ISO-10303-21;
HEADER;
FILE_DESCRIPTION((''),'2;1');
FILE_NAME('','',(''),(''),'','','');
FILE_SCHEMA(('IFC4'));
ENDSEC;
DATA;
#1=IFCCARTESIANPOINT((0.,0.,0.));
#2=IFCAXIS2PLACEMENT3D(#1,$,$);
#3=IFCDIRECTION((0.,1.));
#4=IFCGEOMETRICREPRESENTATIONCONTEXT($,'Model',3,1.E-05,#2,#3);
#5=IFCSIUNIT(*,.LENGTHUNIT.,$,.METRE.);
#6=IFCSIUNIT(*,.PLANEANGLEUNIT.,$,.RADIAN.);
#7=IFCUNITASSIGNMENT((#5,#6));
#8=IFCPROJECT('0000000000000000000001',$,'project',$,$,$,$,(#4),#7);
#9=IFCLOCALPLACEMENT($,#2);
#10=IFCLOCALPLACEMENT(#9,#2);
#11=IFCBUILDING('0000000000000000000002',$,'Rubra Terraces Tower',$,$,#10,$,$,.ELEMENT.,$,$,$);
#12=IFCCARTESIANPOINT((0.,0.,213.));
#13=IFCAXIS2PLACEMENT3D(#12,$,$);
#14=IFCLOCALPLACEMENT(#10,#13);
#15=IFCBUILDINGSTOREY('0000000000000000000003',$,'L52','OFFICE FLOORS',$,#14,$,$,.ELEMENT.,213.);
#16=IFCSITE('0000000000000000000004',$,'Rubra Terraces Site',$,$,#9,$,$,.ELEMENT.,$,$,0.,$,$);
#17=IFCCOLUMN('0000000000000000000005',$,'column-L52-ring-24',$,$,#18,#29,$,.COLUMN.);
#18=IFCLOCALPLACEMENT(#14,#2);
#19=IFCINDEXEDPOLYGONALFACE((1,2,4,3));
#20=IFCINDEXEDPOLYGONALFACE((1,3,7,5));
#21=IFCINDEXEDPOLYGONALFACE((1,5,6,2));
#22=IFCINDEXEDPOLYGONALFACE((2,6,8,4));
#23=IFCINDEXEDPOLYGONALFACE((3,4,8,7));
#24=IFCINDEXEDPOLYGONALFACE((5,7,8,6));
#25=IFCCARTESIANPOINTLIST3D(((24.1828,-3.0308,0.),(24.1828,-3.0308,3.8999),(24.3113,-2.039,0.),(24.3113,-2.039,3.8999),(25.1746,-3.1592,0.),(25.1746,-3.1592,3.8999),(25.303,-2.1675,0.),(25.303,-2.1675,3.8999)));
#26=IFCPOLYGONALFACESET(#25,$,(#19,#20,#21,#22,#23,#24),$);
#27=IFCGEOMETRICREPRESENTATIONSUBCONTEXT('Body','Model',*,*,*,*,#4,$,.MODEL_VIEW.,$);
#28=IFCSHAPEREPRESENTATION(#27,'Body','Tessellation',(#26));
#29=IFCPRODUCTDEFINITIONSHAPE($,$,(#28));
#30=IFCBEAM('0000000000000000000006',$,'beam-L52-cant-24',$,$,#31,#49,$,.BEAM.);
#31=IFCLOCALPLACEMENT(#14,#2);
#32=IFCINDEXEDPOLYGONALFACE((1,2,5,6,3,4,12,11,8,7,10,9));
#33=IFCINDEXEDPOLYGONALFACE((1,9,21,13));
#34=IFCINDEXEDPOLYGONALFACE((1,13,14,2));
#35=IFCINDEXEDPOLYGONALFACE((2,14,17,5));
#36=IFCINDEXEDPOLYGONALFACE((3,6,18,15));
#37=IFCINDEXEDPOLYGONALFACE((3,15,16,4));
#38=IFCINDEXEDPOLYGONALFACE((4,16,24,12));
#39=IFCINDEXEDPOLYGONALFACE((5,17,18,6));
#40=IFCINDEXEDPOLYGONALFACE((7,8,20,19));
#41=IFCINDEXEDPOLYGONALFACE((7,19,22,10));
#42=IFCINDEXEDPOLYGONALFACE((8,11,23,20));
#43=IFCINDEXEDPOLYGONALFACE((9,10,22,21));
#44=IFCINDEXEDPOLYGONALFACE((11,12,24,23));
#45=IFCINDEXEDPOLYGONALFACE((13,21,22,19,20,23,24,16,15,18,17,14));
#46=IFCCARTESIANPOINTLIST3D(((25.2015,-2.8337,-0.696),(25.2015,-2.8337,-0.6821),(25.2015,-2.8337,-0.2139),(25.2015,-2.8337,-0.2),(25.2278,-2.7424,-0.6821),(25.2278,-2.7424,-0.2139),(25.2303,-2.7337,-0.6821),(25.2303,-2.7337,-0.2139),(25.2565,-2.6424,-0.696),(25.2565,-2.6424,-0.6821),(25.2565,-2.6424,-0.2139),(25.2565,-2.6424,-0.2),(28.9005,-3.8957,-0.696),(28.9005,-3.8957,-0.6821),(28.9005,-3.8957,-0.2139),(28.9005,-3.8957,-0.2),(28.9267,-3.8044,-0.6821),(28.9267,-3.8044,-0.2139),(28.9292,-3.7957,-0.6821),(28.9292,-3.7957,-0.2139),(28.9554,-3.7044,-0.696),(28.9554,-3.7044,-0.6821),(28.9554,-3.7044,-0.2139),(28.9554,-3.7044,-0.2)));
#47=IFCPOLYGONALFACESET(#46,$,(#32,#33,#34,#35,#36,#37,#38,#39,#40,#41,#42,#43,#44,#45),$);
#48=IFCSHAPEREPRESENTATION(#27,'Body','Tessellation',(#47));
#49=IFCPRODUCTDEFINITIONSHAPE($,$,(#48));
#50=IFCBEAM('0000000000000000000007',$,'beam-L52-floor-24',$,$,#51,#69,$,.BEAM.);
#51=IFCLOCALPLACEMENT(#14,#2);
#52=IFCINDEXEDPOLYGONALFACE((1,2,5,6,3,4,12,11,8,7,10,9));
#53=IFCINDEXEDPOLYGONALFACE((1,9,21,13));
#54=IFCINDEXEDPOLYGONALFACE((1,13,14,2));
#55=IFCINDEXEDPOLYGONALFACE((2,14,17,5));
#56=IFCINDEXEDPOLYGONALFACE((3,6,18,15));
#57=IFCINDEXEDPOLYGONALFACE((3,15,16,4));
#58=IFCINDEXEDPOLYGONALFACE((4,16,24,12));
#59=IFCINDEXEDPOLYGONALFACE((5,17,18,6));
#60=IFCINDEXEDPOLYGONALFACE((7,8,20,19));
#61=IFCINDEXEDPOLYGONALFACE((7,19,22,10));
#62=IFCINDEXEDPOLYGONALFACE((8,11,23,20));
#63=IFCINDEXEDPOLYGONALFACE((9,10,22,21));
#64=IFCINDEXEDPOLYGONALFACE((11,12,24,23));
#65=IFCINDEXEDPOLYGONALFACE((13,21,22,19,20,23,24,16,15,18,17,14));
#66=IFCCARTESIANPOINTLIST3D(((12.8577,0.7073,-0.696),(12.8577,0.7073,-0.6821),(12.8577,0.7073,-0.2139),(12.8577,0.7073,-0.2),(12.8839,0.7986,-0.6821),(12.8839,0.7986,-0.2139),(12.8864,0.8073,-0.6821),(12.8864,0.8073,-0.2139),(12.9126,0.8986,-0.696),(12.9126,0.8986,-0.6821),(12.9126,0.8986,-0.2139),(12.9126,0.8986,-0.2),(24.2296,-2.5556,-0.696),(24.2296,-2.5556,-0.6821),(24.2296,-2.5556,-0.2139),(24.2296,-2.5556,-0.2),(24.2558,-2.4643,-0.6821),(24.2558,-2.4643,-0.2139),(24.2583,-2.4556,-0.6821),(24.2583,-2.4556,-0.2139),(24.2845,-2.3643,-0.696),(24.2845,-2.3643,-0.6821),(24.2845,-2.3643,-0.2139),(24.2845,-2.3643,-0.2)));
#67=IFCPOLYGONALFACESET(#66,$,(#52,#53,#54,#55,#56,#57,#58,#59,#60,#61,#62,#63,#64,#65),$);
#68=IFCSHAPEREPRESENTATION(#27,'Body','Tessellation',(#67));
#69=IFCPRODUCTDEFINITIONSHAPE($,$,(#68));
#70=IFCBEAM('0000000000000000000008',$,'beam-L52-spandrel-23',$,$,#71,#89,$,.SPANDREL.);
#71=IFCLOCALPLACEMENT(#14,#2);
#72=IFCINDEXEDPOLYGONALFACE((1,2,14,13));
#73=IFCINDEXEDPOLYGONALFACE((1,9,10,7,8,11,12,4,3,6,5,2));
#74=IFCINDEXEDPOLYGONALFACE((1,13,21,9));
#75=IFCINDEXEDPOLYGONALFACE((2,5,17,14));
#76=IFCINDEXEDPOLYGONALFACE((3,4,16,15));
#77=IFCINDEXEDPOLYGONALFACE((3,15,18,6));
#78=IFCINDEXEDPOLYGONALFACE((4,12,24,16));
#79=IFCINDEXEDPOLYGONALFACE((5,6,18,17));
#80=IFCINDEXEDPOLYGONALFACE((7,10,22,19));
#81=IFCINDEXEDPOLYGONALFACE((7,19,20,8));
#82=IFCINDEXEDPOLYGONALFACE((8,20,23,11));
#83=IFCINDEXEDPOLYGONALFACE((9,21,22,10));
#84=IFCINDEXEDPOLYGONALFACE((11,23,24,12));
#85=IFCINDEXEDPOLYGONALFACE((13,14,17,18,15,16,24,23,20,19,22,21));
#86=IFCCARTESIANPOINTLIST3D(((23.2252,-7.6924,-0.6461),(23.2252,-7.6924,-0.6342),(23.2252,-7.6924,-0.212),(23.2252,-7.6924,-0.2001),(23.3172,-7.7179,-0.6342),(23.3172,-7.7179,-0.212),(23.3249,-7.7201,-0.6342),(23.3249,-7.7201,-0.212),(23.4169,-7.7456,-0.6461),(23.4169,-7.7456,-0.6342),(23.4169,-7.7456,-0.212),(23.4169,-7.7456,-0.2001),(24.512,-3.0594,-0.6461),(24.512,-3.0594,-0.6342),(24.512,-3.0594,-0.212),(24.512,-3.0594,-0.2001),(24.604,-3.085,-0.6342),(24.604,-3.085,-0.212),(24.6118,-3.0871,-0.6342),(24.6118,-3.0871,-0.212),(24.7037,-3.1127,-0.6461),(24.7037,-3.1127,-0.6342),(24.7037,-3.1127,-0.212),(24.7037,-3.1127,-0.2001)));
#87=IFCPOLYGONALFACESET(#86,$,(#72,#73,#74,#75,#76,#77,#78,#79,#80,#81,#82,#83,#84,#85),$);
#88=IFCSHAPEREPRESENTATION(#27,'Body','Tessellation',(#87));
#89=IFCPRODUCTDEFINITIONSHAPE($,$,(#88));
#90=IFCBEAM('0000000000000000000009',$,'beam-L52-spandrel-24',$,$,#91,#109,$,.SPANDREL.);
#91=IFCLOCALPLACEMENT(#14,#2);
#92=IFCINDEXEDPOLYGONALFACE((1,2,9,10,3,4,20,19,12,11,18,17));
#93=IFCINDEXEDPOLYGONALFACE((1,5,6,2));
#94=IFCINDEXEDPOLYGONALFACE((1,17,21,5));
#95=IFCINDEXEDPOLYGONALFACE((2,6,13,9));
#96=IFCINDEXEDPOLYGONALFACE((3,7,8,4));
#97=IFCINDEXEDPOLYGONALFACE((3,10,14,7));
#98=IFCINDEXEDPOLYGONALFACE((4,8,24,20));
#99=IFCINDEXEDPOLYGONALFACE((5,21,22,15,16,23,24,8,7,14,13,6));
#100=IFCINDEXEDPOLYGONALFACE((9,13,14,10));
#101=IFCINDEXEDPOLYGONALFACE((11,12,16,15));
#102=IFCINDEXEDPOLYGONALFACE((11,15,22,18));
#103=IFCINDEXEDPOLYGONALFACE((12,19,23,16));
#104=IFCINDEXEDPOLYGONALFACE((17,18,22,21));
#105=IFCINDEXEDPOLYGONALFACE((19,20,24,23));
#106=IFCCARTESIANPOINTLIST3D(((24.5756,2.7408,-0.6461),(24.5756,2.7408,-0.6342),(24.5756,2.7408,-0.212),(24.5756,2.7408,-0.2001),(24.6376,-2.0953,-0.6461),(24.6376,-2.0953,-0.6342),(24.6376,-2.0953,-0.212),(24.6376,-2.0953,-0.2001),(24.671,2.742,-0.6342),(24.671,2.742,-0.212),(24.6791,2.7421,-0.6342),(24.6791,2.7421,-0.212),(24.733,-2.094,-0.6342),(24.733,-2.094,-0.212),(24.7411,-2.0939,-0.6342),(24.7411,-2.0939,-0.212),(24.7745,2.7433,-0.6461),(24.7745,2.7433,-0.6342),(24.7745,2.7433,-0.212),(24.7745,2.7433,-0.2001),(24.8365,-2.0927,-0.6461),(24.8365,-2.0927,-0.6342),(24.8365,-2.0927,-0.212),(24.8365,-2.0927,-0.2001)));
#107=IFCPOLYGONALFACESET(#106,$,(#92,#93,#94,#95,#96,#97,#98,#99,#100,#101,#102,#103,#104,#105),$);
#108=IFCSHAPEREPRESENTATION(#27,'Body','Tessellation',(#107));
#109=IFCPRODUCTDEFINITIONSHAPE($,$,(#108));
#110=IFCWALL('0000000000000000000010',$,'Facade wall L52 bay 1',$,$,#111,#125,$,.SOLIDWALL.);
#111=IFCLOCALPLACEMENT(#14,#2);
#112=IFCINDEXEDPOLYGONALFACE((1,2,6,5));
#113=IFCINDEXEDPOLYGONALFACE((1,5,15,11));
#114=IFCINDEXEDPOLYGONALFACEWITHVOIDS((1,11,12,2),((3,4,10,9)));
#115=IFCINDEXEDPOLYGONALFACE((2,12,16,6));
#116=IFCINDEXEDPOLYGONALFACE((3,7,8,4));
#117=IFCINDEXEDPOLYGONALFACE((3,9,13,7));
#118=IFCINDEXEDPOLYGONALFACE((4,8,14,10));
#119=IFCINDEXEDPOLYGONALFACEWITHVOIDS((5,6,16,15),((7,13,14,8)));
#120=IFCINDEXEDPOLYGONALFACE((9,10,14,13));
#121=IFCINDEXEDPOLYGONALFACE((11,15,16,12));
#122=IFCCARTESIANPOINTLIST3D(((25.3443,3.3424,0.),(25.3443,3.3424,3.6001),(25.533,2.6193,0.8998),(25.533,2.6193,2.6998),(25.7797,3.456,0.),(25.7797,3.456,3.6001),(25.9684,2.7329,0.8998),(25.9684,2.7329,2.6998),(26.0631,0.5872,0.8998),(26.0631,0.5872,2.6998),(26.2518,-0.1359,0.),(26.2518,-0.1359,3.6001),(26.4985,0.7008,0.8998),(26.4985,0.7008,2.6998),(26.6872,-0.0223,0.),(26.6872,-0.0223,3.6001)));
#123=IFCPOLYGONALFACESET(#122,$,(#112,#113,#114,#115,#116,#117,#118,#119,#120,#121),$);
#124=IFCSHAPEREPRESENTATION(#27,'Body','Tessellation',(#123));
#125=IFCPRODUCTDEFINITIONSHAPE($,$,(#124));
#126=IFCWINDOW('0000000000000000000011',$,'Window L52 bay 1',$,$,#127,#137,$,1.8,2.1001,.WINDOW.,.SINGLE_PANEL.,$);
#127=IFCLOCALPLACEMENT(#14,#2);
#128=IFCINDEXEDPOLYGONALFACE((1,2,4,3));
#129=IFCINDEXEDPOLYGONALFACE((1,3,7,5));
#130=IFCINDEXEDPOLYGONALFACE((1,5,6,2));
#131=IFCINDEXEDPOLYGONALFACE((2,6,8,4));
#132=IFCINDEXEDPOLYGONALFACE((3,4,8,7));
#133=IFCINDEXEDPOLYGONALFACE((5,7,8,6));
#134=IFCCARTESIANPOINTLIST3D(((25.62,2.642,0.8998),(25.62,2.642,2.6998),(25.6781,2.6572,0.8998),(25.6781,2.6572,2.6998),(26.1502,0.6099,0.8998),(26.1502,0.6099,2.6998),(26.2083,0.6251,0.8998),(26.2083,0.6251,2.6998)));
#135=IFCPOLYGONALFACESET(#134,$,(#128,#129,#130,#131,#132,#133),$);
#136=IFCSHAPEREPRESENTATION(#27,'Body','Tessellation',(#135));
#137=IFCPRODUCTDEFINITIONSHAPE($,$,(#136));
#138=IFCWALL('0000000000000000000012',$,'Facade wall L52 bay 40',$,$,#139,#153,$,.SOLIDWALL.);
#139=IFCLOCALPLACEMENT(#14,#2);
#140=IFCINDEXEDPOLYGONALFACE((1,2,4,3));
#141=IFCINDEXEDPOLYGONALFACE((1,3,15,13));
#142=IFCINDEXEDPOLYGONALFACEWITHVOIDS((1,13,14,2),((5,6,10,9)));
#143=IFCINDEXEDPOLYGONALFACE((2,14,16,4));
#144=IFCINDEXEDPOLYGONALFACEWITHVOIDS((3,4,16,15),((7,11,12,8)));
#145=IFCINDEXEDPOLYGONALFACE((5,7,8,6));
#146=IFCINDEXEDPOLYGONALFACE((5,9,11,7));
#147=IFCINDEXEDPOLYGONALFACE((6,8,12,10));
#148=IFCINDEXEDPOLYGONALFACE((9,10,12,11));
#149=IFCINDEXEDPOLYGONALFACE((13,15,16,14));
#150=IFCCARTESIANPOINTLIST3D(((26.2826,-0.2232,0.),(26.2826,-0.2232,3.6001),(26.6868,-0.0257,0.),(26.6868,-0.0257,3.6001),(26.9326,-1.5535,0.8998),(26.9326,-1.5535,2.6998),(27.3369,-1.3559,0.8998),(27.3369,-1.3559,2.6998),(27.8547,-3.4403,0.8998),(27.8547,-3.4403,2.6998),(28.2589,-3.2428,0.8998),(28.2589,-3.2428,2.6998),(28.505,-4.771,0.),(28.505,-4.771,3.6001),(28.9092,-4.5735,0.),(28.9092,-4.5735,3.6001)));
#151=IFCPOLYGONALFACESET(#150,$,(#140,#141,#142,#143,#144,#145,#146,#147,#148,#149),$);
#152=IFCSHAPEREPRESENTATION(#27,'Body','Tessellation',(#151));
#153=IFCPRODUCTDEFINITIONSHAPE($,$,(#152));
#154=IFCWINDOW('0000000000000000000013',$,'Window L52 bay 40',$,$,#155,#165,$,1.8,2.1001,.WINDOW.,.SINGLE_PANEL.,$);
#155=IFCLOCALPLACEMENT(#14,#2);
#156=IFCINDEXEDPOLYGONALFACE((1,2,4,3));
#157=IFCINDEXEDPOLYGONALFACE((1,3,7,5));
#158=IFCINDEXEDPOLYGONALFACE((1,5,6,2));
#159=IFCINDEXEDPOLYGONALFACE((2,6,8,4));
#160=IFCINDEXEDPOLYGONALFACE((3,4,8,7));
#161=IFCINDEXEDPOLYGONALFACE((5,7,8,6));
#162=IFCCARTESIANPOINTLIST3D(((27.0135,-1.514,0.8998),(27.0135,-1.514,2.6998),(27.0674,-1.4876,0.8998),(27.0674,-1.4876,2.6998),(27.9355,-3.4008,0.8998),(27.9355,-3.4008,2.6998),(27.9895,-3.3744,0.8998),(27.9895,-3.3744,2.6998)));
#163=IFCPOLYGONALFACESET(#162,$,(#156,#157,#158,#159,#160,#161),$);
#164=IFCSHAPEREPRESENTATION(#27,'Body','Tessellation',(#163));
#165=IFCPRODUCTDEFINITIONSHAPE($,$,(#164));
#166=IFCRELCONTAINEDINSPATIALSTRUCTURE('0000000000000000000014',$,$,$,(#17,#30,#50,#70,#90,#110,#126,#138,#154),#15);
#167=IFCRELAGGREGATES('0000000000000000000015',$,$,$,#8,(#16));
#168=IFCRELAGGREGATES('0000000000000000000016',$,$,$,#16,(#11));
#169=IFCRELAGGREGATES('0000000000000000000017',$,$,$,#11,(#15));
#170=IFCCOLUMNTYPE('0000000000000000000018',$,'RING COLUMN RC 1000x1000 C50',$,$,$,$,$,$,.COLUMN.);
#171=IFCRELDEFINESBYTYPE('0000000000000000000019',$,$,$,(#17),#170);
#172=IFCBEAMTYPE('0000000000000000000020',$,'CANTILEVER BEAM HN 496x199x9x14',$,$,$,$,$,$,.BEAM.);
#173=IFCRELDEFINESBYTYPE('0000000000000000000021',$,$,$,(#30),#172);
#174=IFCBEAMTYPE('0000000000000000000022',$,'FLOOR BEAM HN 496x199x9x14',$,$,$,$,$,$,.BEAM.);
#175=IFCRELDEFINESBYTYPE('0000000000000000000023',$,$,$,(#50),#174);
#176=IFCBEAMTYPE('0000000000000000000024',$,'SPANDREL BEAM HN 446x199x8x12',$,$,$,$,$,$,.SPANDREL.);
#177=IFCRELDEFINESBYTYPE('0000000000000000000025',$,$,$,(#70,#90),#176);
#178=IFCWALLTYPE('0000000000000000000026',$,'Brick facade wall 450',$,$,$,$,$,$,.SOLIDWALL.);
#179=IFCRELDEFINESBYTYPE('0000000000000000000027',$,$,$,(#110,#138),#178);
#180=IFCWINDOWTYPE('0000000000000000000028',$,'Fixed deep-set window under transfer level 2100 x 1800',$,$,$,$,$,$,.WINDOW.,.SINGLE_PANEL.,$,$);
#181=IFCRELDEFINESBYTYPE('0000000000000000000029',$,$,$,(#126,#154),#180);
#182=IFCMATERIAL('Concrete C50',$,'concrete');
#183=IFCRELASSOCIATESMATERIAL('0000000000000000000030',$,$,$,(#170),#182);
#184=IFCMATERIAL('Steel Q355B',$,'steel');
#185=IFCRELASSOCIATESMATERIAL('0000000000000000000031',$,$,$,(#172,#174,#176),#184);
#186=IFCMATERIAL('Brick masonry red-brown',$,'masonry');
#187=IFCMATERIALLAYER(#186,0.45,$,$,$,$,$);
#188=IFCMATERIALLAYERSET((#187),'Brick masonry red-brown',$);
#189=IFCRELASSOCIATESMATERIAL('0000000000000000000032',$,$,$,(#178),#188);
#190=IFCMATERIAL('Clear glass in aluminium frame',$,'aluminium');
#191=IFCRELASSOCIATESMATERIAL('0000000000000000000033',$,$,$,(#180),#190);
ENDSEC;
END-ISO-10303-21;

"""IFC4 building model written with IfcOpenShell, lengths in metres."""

from ifc_helpers import new_model, si_unit, direction, frame, frame_2d, origin, origin_2d, place, context, subcontext, project, spatial, rectangle, i_section, extrude, material, layer, layer_set, material_profile, profile_set, type_object, element, fill, save


model = new_model("IFC4")

# Units and contexts
model_context = context("Model", 3, precision=1e-05, world=origin(), true_north=direction((0.0, 1.0)))
body_context = subcontext(model_context, "Body", "Model", "MODEL_VIEW")
ifc_project = project(units=[si_unit("LENGTHUNIT", "METRE"), si_unit("PLANEANGLEUNIT", "RADIAN")], contexts=[model_context])

# Site, building, storey
site_placement = place(None, origin())
site = spatial("IfcSite", under=ifc_project, at=site_placement, Name="Rubra Terraces Site", CompositionType="ELEMENT", RefElevation=0.0)
building_placement = place(site_placement, origin())
building = spatial("IfcBuilding", under=site, at=building_placement, Name="Rubra Terraces Tower", CompositionType="ELEMENT")
storey_placement = place(building_placement, frame((0.0, 0.0, 213.0)))
storey = spatial("IfcBuildingStorey", under=building, at=storey_placement, Name="L52", Description="OFFICE FLOORS", CompositionType="ELEMENT", Elevation=213.0)

# Column
ifc_material_1 = material(Name="Concrete C50", Category="concrete")
ifc_material_profile_1 = material_profile(ifc_material_1, rectangle(XDim=1.0, YDim=1.0, at=origin_2d()), Name="RC 1000x1000")
ifc_profile_set_1 = profile_set([ifc_material_profile_1], Name="Concrete C50")
column_type = type_object("IfcColumnType", Name="RING COLUMN RC 1000x1000 C50", PredefinedType="COLUMN", material=ifc_profile_set_1)
column_placement = place(storey_placement, frame((24.7429, -2.5991, 0.0), z_axis=(0.0, 0.0, 1.0), x_axis=(0.128444, 0.991717, 0.0)))
element("IfcColumn", 1, at=column_placement, inside=storey, type_object=column_type, Name="column-L52-ring-24", PredefinedType="COLUMN", context=body_context, shape_type="SweptSolid", body=[
    extrude(rectangle(XDim=1.0, YDim=1.0, at=origin_2d()), origin(), (0.0, 0.0, 1.0), 3.8999),
])

# Beams
ifc_material_2 = material(Name="Steel Q355B", Category="steel")
ifc_material_profile_2 = material_profile(ifc_material_2, i_section(OverallWidth=0.199, OverallDepth=0.4961, WebThickness=0.009, FlangeThickness=0.0139, at=origin_2d()), Name="HN 496x199x9x14")
ifc_profile_set_2 = profile_set([ifc_material_profile_2], Name="Steel Q355B")
beam_type_1 = type_object("IfcBeamType", Name="CANTILEVER BEAM HN 496x199x9x14", PredefinedType="BEAM", material=ifc_profile_set_2)
beam_1_placement = place(storey_placement, frame((25.229, -2.738, -0.448), z_axis=(0.961169, -0.275961, 0.0), x_axis=(0.275961, 0.961169, 0.0)))
element("IfcBeam", 2, at=beam_1_placement, inside=storey, type_object=beam_type_1, Name="beam-L52-cant-24", PredefinedType="BEAM", context=body_context, shape_type="SweptSolid", body=[
    extrude(i_section(OverallWidth=0.199, OverallDepth=0.4961, WebThickness=0.009, FlangeThickness=0.0139, at=origin_2d()), origin(), (0.0, 0.0, 1.0), 3.8484),
])
ifc_material_profile_3 = material_profile(ifc_material_2, i_section(OverallWidth=0.199, OverallDepth=0.4961, WebThickness=0.009, FlangeThickness=0.0139, at=origin_2d()), Name="HN 496x199x9x14")
ifc_profile_set_3 = profile_set([ifc_material_profile_3], Name="Steel Q355B")
beam_type_2 = type_object("IfcBeamType", Name="FLOOR BEAM HN 496x199x9x14", PredefinedType="BEAM", material=ifc_profile_set_3)
beam_2_placement = place(storey_placement, frame((24.2571, -2.46, -0.448), z_axis=(-0.961216, 0.275798, 0.0), x_axis=(-0.275798, -0.961216, 0.0)))
element("IfcBeam", 3, at=beam_2_placement, inside=storey, type_object=beam_type_2, Name="beam-L52-floor-24", PredefinedType="BEAM", context=body_context, shape_type="SweptSolid", body=[
    extrude(i_section(OverallWidth=0.199, OverallDepth=0.4961, WebThickness=0.009, FlangeThickness=0.0139, at=origin_2d()), origin(), (0.0, 0.0, 1.0), 11.8308),
])
ifc_material_profile_4 = material_profile(ifc_material_2, i_section(OverallWidth=0.199, OverallDepth=0.446, WebThickness=0.0081, FlangeThickness=0.012, at=origin_2d()), Name="HN 446x199x8x12")
ifc_profile_set_4 = profile_set([ifc_material_profile_4], Name="Steel Q355B")
beam_type_3 = type_object("IfcBeamType", Name="SPANDREL BEAM HN 446x199x8x12", PredefinedType="SPANDREL", material=ifc_profile_set_4)
beam_3_placement = place(storey_placement, frame((23.321, -7.719, -0.4231), z_axis=(0.267626, 0.963523, 0.0), x_axis=(-0.963523, 0.267626, 0.0)))
element("IfcBeam", 4, at=beam_3_placement, inside=storey, type_object=beam_type_3, Name="beam-L52-spandrel-23", PredefinedType="SPANDREL", context=body_context, shape_type="SweptSolid", body=[
    extrude(i_section(OverallWidth=0.199, OverallDepth=0.446, WebThickness=0.0081, FlangeThickness=0.012, at=origin_2d()), origin(), (0.0, 0.0, 1.0), 4.8083),
])
beam_4_placement = place(storey_placement, frame((24.7371, -2.094, -0.4231), z_axis=(-0.012822, 0.999918, 0.0), x_axis=(-0.999918, -0.012822, 0.0)))
element("IfcBeam", 5, at=beam_4_placement, inside=storey, type_object=beam_type_3, Name="beam-L52-spandrel-24", PredefinedType="SPANDREL", context=body_context, shape_type="SweptSolid", body=[
    extrude(i_section(OverallWidth=0.199, OverallDepth=0.446, WebThickness=0.0081, FlangeThickness=0.012, at=origin_2d()), origin(), (0.0, 0.0, 1.0), 4.8364),
])

# Walls, openings, windows
ifc_material_3 = material(Name="Brick masonry red-brown", Category="masonry")
ifc_layer_1 = layer(ifc_material_3, 0.45)
ifc_layer_set_1 = layer_set([ifc_layer_1], Name="Brick masonry red-brown")
wall_type_1 = type_object("IfcWallType", Name="Brick facade wall 450", PredefinedType="SOLIDWALL", material=ifc_layer_set_1)
wall_1_placement = place(storey_placement, frame((26.4695, -0.0791, 0.0), z_axis=(0.0, 0.0, 1.0), x_axis=(-0.252447, 0.967611, 0.0)))
wall_1 = element("IfcWall", 6, at=wall_1_placement, inside=storey, type_object=wall_type_1, Name="Facade wall L52 bay 1", PredefinedType="SOLIDWALL", context=body_context, shape_type="SweptSolid", body=[
    extrude(rectangle(XDim=3.5947, YDim=0.45, at=frame_2d((1.7974, 0.0))), origin(), (0.0, 0.0, 1.0), 3.6001),
])
opening_1_placement = place(wall_1_placement, frame((0.7473, 0.0, 0.8999)))
opening_1 = element("IfcOpeningElement", 7, at=opening_1_placement, cuts=wall_1, PredefinedType="OPENING", context=body_context, shape_type="SweptSolid", body=[
    extrude(rectangle(XDim=2.1001, YDim=1.8, at=frame_2d((1.05, 0.8999))), frame((0.0, 0.2349, 0.0), z_axis=(0.0, -1.0, 0.0), x_axis=(1.0, 0.0, 0.0)), (0.0, 0.0, 1.0), 0.47),
])
ifc_material_4 = material(Name="Clear glass in aluminium frame", Category="aluminium")
window_type = type_object("IfcWindowType", Name="Fixed deep-set window under transfer level 2100 x 1800", PartitioningType="SINGLE_PANEL", PredefinedType="WINDOW", material=ifc_material_4)
window_1_placement = place(opening_1_placement, origin())
window_1 = element("IfcWindow", 8, at=window_1_placement, inside=storey, type_object=window_type, Name="Window L52 bay 1", OverallHeight=1.8, OverallWidth=2.1001, PartitioningType="SINGLE_PANEL", PredefinedType="WINDOW", context=body_context, shape_type="SweptSolid", body=[
    extrude(rectangle(XDim=2.1001, YDim=1.8, at=frame_2d((1.05, 0.8999))), frame((0.0, 0.135, 0.0), z_axis=(0.0, -1.0, 0.0), x_axis=(1.0, 0.0, 0.0)), (0.0, 0.0, 1.0), 0.0601),
])
fill(opening_1, window_1)
wall_2_placement = place(storey_placement, frame((28.707, -4.6721, 0.0), z_axis=(0.0, 0.0, 1.0), x_axis=(-0.439054, 0.898461, 0.0)))
wall_2 = element("IfcWall", 9, at=wall_2_placement, inside=storey, type_object=wall_type_1, Name="Facade wall L52 bay 40", PredefinedType="SOLIDWALL", context=body_context, shape_type="SweptSolid", body=[
    extrude(rectangle(XDim=5.0618, YDim=0.45, at=frame_2d((2.5308, 0.0))), origin(), (0.0, 0.0, 1.0), 3.6001),
])
opening_2_placement = place(wall_2_placement, frame((1.481, 0.0, 0.8999)))
opening_2 = element("IfcOpeningElement", 10, at=opening_2_placement, cuts=wall_2, PredefinedType="OPENING", context=body_context, shape_type="SweptSolid", body=[
    extrude(rectangle(XDim=2.1001, YDim=1.8, at=frame_2d((1.05, 0.8999))), frame((0.0, 0.2349, 0.0), z_axis=(0.0, -1.0, 0.0), x_axis=(1.0, 0.0, 0.0)), (0.0, 0.0, 1.0), 0.47),
])
window_2_placement = place(opening_2_placement, origin())
window_2 = element("IfcWindow", 11, at=window_2_placement, inside=storey, type_object=window_type, Name="Window L52 bay 40", OverallHeight=1.8, OverallWidth=2.1001, PartitioningType="SINGLE_PANEL", PredefinedType="WINDOW", context=body_context, shape_type="SweptSolid", body=[
    extrude(rectangle(XDim=2.1001, YDim=1.8, at=frame_2d((1.05, 0.8999))), frame((0.0, 0.135, 0.0), z_axis=(0.0, -1.0, 0.0), x_axis=(1.0, 0.0, 0.0)), (0.0, 0.0, 1.0), 0.0601),
])
fill(opening_2, window_2)

save(model, "model.ifc")
